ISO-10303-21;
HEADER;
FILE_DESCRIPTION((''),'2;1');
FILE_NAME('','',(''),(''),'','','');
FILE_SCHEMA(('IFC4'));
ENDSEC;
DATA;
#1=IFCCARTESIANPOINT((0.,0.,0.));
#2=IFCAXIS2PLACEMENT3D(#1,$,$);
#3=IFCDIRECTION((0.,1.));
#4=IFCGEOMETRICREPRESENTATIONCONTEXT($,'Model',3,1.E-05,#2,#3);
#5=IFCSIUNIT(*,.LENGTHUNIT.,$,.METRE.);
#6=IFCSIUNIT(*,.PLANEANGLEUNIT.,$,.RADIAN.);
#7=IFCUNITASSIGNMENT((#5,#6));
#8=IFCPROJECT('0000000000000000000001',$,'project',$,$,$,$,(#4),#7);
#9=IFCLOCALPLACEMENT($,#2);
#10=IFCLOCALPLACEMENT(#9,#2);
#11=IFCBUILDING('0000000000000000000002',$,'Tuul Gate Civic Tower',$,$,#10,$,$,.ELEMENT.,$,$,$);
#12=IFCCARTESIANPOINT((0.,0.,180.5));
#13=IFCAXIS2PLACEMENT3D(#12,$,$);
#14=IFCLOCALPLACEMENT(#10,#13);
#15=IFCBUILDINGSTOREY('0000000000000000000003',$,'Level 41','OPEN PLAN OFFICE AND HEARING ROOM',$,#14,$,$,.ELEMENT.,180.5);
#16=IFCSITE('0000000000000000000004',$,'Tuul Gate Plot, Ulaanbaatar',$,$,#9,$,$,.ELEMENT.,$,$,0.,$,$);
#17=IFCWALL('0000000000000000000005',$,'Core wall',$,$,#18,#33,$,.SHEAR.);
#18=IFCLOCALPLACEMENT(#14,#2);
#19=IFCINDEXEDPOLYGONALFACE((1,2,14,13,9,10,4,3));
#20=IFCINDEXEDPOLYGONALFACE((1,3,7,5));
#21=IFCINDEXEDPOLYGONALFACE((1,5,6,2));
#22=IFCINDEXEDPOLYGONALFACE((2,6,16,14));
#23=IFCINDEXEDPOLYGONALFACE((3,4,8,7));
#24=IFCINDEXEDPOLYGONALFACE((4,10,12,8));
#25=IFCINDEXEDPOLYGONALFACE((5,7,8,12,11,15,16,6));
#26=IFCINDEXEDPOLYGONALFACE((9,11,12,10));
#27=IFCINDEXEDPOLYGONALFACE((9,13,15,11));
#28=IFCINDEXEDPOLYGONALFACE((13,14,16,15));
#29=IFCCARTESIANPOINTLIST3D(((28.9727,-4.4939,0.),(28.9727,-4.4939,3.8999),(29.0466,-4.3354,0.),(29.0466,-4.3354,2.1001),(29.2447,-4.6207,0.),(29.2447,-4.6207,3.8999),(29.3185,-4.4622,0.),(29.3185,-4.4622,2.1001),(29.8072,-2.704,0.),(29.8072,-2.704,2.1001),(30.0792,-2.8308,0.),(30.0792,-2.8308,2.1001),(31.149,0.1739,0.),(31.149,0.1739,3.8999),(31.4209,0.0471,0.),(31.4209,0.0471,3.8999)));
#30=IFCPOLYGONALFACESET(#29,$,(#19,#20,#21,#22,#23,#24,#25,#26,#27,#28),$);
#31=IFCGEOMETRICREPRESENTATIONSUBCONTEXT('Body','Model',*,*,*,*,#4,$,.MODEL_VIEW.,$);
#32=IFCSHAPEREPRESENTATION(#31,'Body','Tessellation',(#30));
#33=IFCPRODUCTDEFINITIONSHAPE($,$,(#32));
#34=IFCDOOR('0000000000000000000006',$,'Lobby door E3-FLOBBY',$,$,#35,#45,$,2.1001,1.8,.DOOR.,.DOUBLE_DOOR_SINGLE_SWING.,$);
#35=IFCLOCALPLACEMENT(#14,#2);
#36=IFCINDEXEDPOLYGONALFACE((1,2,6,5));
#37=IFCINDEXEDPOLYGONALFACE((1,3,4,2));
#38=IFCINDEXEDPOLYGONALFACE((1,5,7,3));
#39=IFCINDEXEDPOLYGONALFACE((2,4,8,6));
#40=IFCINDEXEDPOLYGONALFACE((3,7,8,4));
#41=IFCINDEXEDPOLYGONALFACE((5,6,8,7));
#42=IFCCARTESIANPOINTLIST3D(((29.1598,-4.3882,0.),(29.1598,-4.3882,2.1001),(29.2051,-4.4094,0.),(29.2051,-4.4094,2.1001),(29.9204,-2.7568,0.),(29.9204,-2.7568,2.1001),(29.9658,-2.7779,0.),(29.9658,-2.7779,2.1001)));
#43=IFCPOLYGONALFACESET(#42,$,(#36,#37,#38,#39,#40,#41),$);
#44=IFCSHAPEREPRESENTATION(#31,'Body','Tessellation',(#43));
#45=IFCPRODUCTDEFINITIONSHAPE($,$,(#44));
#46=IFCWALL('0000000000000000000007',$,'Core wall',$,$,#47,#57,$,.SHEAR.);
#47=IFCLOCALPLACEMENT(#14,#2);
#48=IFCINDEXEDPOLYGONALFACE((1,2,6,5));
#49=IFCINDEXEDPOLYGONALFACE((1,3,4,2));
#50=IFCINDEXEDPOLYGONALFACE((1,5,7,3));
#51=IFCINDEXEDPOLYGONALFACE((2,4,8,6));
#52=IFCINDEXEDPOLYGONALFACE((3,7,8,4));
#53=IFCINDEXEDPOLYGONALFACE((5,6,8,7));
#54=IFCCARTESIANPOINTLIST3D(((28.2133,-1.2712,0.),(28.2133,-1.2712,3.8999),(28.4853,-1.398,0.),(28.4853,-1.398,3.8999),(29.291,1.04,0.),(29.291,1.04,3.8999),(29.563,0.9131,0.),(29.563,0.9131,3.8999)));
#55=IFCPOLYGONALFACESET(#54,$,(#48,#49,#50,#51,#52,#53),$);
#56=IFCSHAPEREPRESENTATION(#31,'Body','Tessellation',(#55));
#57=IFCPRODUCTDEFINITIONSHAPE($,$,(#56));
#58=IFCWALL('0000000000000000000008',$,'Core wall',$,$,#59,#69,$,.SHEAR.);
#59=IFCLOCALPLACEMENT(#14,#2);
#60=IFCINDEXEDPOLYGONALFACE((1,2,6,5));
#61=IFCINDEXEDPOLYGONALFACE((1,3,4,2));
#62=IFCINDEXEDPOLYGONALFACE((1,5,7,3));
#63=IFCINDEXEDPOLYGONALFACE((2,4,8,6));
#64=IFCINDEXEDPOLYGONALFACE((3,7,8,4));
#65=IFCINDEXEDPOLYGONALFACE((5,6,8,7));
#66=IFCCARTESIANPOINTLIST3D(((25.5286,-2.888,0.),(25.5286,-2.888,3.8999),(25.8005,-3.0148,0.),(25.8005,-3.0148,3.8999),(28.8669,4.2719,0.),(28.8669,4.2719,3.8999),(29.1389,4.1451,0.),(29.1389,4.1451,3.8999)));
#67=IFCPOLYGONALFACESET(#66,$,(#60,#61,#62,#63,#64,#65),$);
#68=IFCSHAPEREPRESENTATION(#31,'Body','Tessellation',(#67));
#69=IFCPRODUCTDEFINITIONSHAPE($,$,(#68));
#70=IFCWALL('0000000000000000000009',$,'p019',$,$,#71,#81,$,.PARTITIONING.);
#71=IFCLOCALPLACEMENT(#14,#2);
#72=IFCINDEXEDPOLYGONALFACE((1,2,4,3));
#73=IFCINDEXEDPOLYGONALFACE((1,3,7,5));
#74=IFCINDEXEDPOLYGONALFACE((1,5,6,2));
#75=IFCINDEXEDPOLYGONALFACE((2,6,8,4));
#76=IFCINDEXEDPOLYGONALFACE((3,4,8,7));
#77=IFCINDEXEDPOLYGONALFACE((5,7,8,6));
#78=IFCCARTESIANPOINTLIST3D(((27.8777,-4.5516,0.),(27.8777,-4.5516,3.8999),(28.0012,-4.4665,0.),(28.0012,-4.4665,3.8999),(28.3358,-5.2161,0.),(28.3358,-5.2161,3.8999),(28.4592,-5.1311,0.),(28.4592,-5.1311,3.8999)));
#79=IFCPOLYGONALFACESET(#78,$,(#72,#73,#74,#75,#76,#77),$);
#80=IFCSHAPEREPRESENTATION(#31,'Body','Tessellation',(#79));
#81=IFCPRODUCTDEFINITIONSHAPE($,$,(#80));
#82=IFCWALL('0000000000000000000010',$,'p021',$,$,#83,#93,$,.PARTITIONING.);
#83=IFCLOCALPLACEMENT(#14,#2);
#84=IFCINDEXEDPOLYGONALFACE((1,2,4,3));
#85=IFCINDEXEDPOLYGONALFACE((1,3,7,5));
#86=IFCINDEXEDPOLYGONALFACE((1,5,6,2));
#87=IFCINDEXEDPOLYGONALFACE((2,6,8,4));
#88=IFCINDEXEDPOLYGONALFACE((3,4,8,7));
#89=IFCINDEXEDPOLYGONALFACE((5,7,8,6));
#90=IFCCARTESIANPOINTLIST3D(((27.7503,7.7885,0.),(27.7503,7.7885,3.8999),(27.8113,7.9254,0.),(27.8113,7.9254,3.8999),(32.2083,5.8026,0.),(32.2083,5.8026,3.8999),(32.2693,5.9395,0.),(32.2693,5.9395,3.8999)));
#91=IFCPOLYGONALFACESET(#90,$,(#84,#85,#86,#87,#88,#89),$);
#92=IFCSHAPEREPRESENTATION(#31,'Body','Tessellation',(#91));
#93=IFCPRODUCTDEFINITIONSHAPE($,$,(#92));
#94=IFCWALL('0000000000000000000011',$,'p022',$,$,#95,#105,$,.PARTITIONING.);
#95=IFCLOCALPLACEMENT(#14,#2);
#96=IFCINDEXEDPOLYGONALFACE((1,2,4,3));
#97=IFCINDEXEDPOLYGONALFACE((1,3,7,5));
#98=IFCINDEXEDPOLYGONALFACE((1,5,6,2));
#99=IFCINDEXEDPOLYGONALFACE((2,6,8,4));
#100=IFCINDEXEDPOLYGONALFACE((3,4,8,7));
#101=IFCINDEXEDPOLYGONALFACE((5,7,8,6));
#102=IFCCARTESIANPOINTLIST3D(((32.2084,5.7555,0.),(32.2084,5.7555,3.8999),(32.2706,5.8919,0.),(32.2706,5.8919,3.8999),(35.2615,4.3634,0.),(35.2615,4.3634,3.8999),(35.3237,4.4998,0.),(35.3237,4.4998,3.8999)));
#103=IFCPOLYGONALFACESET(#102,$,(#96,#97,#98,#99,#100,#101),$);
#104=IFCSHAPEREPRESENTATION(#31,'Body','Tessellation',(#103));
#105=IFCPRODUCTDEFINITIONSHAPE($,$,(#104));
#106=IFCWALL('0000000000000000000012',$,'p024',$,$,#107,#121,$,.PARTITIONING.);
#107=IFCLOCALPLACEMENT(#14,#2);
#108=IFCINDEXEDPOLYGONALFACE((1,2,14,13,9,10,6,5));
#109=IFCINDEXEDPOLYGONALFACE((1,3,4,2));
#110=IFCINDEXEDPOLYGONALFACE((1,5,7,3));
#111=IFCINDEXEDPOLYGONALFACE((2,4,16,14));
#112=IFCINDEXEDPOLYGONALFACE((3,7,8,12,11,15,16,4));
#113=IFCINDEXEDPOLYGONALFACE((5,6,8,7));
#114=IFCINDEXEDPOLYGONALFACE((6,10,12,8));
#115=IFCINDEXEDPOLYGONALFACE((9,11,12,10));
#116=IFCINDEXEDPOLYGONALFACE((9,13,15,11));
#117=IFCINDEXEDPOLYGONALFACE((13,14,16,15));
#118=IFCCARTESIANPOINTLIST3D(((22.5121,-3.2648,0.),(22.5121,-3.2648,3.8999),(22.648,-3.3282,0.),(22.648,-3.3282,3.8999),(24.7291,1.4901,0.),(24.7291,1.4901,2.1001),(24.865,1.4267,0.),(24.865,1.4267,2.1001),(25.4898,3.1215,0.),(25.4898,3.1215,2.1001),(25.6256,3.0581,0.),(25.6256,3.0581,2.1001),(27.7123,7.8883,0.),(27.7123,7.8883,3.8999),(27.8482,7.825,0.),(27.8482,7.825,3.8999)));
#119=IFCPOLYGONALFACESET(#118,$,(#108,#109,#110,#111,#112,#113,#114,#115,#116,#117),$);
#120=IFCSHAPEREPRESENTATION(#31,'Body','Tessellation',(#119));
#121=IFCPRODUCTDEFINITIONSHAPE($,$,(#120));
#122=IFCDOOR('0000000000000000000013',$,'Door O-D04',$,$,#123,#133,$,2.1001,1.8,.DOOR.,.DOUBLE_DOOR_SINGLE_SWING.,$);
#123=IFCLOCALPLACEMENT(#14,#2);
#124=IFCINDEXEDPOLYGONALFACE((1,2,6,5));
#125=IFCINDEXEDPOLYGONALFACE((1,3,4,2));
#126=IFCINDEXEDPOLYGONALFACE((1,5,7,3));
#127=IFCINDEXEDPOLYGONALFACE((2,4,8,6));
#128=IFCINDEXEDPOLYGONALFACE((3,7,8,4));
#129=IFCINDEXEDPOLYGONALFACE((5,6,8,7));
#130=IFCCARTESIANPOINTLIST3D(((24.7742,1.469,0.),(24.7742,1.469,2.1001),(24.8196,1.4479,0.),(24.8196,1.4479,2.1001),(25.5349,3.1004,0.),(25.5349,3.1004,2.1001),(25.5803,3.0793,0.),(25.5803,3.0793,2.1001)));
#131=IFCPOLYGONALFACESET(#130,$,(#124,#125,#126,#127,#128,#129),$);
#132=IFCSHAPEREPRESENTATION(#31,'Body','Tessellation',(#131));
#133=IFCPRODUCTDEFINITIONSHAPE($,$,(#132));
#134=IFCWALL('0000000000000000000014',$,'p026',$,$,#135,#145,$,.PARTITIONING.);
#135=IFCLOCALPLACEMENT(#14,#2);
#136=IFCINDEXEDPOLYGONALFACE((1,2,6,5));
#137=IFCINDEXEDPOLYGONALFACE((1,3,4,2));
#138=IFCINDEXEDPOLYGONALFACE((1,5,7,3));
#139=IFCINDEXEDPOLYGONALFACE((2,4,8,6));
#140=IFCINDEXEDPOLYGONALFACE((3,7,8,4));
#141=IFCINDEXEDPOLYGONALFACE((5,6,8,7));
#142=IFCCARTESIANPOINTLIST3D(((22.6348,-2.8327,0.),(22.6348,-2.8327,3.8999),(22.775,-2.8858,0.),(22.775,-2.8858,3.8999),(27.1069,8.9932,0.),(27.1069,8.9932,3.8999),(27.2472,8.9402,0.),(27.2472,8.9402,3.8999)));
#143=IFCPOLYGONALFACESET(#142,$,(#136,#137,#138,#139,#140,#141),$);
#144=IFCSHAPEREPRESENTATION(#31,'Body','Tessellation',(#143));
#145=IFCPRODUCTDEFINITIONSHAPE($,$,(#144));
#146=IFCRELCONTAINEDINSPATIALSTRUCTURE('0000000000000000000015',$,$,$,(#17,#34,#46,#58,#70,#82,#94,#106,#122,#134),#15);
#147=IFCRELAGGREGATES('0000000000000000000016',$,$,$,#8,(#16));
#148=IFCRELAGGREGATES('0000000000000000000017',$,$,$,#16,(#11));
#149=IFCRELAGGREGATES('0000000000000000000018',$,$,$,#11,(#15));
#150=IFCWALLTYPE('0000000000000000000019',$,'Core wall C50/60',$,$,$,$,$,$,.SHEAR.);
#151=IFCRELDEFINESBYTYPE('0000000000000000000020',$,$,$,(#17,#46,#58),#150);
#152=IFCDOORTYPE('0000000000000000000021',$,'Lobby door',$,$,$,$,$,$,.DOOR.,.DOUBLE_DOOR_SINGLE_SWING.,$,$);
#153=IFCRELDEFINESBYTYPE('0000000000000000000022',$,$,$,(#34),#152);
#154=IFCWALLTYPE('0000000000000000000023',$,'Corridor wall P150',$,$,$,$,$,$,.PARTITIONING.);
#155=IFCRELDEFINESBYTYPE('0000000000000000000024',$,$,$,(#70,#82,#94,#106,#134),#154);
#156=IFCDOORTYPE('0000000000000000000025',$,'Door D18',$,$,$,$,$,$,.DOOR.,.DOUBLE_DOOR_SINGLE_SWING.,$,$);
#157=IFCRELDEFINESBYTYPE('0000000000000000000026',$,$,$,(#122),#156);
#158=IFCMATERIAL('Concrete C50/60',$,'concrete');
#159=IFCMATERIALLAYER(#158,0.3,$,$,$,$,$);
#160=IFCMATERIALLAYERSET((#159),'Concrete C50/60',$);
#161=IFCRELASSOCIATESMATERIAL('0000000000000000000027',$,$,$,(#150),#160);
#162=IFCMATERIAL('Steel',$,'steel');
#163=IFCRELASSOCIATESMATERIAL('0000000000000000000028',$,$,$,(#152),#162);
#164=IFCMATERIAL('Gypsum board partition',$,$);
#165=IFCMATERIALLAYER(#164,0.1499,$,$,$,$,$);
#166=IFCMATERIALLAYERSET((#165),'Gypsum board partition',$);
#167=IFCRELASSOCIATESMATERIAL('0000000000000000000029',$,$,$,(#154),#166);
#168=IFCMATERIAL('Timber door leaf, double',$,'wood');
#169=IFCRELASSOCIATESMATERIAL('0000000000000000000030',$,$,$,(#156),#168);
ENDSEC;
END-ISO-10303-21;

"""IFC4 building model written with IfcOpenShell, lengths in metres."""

from ifc_helpers import new_model, si_unit, direction, frame, frame_2d, origin, place, context, subcontext, project, spatial, rectangle, extrude, material, layer, layer_set, type_object, element, fill, save


model = new_model("IFC4")

# Units and contexts
model_context = context("Model", 3, precision=1e-05, world=origin(), true_north=direction((0.0, 1.0)))
body_context = subcontext(model_context, "Body", "Model", "MODEL_VIEW")
ifc_project = project(units=[si_unit("LENGTHUNIT", "METRE"), si_unit("PLANEANGLEUNIT", "RADIAN")], contexts=[model_context])

# Site, building, storey
site_placement = place(None, origin())
site = spatial("IfcSite", under=ifc_project, at=site_placement, Name="Tuul Gate Plot, Ulaanbaatar", CompositionType="ELEMENT", RefElevation=0.0)
building_placement = place(site_placement, origin())
building = spatial("IfcBuilding", under=site, at=building_placement, Name="Tuul Gate Civic Tower", CompositionType="ELEMENT")
storey_placement = place(building_placement, frame((0.0, 0.0, 180.5)))
storey = spatial("IfcBuildingStorey", under=building, at=storey_placement, Name="Level 41", Description="OPEN PLAN OFFICE AND HEARING ROOM", CompositionType="ELEMENT", Elevation=180.5)

# Shared definitions
ifc_material_1 = material(Name="Concrete C50/60", Category="concrete")
ifc_layer_1 = layer(ifc_material_1, 0.3)
ifc_layer_set_1 = layer_set([ifc_layer_1], Name="Concrete C50/60")
wall_type_1 = type_object("IfcWallType", Name="Core wall C50/60", PredefinedType="SHEAR", material=ifc_layer_set_1)

# Wall, opening, door
wall_1_placement = place(storey_placement, frame((29.1086, -4.5574, 0.0), z_axis=(0.0, 0.0, 1.0), x_axis=(0.422566, 0.906332, 0.0)))
wall_1 = element("IfcWall", 1, at=wall_1_placement, inside=storey, type_object=wall_type_1, Name="Core wall", PredefinedType="SHEAR", context=body_context, shape_type="SweptSolid", body=[
    extrude(rectangle(XDim=5.1501, YDim=0.3, at=frame_2d((2.5752, 0.0))), origin(), (0.0, 0.0, 1.0), 3.8999),
])
opening_1_placement = place(wall_1_placement, frame((0.175, 0.0, 0.0)))
opening_1 = element("IfcOpeningElement", 2, at=opening_1_placement, cuts=wall_1, PredefinedType="OPENING", context=body_context, shape_type="SweptSolid", body=[
    extrude(rectangle(XDim=1.8, YDim=2.1001, at=frame_2d((0.8999, 1.05))), frame((0.0, 0.1602, 0.0), z_axis=(0.0, -1.0, 0.0), x_axis=(1.0, 0.0, 0.0)), (0.0, 0.0, 1.0), 0.3201),
])
ifc_material_2 = material(Name="Steel", Category="steel")
door_type_1 = type_object("IfcDoorType", Name="Lobby door", OperationType="DOUBLE_DOOR_SINGLE_SWING", PredefinedType="DOOR", material=ifc_material_2)
door_1_placement = place(opening_1_placement, frame((1.8, 0.0, 0.0), z_axis=(0.0, 0.0, 1.0), x_axis=(-1.0, 0.0, 0.0)))
door_1 = element("IfcDoor", 3, at=door_1_placement, inside=storey, type_object=door_type_1, Name="Lobby door E3-FLOBBY", OperationType="DOUBLE_DOOR_SINGLE_SWING", OverallHeight=2.1001, OverallWidth=1.8, PredefinedType="DOOR", context=body_context, shape_type="SweptSolid", body=[
    extrude(rectangle(XDim=1.8, YDim=2.1001, at=frame_2d((0.9001, 1.05))), frame((0.0, 0.0249, 0.0), z_axis=(0.0, -1.0, 0.0), x_axis=(1.0, 0.0, 0.0)), (0.0, 0.0, 1.0), 0.05),
])
fill(opening_1, door_1)

# Walls
wall_2_placement = place(storey_placement, frame((28.3494, -1.3345, 0.0), z_axis=(0.0, 0.0, 1.0), x_axis=(0.422613, 0.90631, 0.0)))
element("IfcWall", 4, at=wall_2_placement, inside=storey, type_object=wall_type_1, Name="Core wall", PredefinedType="SHEAR", context=body_context, shape_type="SweptSolid", body=[
    extrude(rectangle(XDim=2.55, YDim=0.3, at=frame_2d((1.2749, 0.0))), origin(), (0.0, 0.0, 1.0), 3.8999),
])
wall_3_placement = place(storey_placement, frame((25.6646, -2.9514, 0.0), z_axis=(0.0, 0.0, 1.0), x_axis=(0.422583, 0.906324, 0.0)))
element("IfcWall", 5, at=wall_3_placement, inside=storey, type_object=wall_type_1, Name="Core wall", PredefinedType="SHEAR", context=body_context, shape_type="SweptSolid", body=[
    extrude(rectangle(XDim=7.8999, YDim=0.3, at=frame_2d((3.95, 0.0))), origin(), (0.0, 0.0, 1.0), 3.8999),
])
ifc_material_3 = material(Name="Gypsum board partition")
ifc_layer_2 = layer(ifc_material_3, 0.1499)
ifc_layer_set_2 = layer_set([ifc_layer_2], Name="Gypsum board partition")
wall_type_2 = type_object("IfcWallType", Name="Corridor wall P150", PredefinedType="PARTITIONING", material=ifc_layer_set_2)
wall_4_placement = place(storey_placement, frame((27.9395, -4.509, 0.0), z_axis=(0.0, 0.0, 1.0), x_axis=(0.567478, -0.823388, 0.0)))
element("IfcWall", 6, at=wall_4_placement, inside=storey, type_object=wall_type_2, Name="p019", PredefinedType="PARTITIONING", context=body_context, shape_type="SweptSolid", body=[
    extrude(rectangle(XDim=0.8071, YDim=0.1499, at=frame_2d((0.4036, 0.0))), origin(), (0.0, 0.0, 1.0), 3.8999),
])
wall_5_placement = place(storey_placement, frame((27.7808, 7.8569, 0.0), z_axis=(0.0, 0.0, 1.0), x_axis=(0.913469, -0.406909, 0.0)))
element("IfcWall", 7, at=wall_5_placement, inside=storey, type_object=wall_type_2, Name="p021", PredefinedType="PARTITIONING", context=body_context, shape_type="SweptSolid", body=[
    extrude(rectangle(XDim=4.8804, YDim=0.1499, at=frame_2d((2.4402, 0.0))), origin(), (0.0, 0.0, 1.0), 3.8999),
])
wall_6_placement = place(storey_placement, frame((32.2395, 5.8237, 0.0), z_axis=(0.0, 0.0, 1.0), x_axis=(0.909875, -0.414883, 0.0)))
element("IfcWall", 8, at=wall_6_placement, inside=storey, type_object=wall_type_2, Name="p022", PredefinedType="PARTITIONING", context=body_context, shape_type="SweptSolid", body=[
    extrude(rectangle(XDim=3.3555, YDim=0.1499, at=frame_2d((1.6777, 0.0))), origin(), (0.0, 0.0, 1.0), 3.8999),
])

# Wall, opening, door
wall_7_placement = place(storey_placement, frame((22.5801, -3.2964, 0.0), z_axis=(0.0, 0.0, 1.0), x_axis=(0.42258, 0.906326, 0.0)))
wall_7 = element("IfcWall", 9, at=wall_7_placement, inside=storey, type_object=wall_type_2, Name="p024", PredefinedType="PARTITIONING", context=body_context, shape_type="SweptSolid", body=[
    extrude(rectangle(XDim=12.3059, YDim=0.1499, at=frame_2d((6.1528, 0.0))), origin(), (0.0, 0.0, 1.0), 3.8999),
])
opening_2_placement = place(wall_7_placement, frame((5.2463, 0.0, 0.0)))
opening_2 = element("IfcOpeningElement", 10, at=opening_2_placement, cuts=wall_7, PredefinedType="OPENING", context=body_context, shape_type="SweptSolid", body=[
    extrude(rectangle(XDim=1.8, YDim=2.1001, at=frame_2d((0.8999, 1.05))), frame((0.0, 0.085, 0.0), z_axis=(0.0, -1.0, 0.0), x_axis=(1.0, 0.0, 0.0)), (0.0, 0.0, 1.0), 0.1699),
])
ifc_material_4 = material(Name="Timber door leaf, double", Category="wood")
door_type_2 = type_object("IfcDoorType", Name="Door D18", OperationType="DOUBLE_DOOR_SINGLE_SWING", PredefinedType="DOOR", material=ifc_material_4)
door_2_placement = place(opening_2_placement, frame((1.8, 0.0, 0.0), z_axis=(0.0, 0.0, 1.0), x_axis=(-1.0, 0.0, 0.0)))
door_2 = element("IfcDoor", 11, at=door_2_placement, inside=storey, type_object=door_type_2, Name="Door O-D04", OperationType="DOUBLE_DOOR_SINGLE_SWING", OverallHeight=2.1001, OverallWidth=1.8, PredefinedType="DOOR", context=body_context, shape_type="SweptSolid", body=[
    extrude(rectangle(XDim=1.8, YDim=2.1001, at=frame_2d((0.9001, 1.05))), frame((0.0, 0.0249, 0.0), z_axis=(0.0, -1.0, 0.0), x_axis=(1.0, 0.0, 0.0)), (0.0, 0.0, 1.0), 0.05),
])
fill(opening_2, door_2)

# Wall
wall_8_placement = place(storey_placement, frame((22.7048, -2.8594, 0.0), z_axis=(0.0, 0.0, 1.0), x_axis=(0.353719, 0.935352, 0.0)))
element("IfcWall", 12, at=wall_8_placement, inside=storey, type_object=wall_type_2, Name="p026", PredefinedType="PARTITIONING", context=body_context, shape_type="SweptSolid", body=[
    extrude(rectangle(XDim=12.6433, YDim=0.1499, at=frame_2d((6.3218, 0.0))), origin(), (0.0, 0.0, 1.0), 3.8999),
])

save(model, "model.ifc")
